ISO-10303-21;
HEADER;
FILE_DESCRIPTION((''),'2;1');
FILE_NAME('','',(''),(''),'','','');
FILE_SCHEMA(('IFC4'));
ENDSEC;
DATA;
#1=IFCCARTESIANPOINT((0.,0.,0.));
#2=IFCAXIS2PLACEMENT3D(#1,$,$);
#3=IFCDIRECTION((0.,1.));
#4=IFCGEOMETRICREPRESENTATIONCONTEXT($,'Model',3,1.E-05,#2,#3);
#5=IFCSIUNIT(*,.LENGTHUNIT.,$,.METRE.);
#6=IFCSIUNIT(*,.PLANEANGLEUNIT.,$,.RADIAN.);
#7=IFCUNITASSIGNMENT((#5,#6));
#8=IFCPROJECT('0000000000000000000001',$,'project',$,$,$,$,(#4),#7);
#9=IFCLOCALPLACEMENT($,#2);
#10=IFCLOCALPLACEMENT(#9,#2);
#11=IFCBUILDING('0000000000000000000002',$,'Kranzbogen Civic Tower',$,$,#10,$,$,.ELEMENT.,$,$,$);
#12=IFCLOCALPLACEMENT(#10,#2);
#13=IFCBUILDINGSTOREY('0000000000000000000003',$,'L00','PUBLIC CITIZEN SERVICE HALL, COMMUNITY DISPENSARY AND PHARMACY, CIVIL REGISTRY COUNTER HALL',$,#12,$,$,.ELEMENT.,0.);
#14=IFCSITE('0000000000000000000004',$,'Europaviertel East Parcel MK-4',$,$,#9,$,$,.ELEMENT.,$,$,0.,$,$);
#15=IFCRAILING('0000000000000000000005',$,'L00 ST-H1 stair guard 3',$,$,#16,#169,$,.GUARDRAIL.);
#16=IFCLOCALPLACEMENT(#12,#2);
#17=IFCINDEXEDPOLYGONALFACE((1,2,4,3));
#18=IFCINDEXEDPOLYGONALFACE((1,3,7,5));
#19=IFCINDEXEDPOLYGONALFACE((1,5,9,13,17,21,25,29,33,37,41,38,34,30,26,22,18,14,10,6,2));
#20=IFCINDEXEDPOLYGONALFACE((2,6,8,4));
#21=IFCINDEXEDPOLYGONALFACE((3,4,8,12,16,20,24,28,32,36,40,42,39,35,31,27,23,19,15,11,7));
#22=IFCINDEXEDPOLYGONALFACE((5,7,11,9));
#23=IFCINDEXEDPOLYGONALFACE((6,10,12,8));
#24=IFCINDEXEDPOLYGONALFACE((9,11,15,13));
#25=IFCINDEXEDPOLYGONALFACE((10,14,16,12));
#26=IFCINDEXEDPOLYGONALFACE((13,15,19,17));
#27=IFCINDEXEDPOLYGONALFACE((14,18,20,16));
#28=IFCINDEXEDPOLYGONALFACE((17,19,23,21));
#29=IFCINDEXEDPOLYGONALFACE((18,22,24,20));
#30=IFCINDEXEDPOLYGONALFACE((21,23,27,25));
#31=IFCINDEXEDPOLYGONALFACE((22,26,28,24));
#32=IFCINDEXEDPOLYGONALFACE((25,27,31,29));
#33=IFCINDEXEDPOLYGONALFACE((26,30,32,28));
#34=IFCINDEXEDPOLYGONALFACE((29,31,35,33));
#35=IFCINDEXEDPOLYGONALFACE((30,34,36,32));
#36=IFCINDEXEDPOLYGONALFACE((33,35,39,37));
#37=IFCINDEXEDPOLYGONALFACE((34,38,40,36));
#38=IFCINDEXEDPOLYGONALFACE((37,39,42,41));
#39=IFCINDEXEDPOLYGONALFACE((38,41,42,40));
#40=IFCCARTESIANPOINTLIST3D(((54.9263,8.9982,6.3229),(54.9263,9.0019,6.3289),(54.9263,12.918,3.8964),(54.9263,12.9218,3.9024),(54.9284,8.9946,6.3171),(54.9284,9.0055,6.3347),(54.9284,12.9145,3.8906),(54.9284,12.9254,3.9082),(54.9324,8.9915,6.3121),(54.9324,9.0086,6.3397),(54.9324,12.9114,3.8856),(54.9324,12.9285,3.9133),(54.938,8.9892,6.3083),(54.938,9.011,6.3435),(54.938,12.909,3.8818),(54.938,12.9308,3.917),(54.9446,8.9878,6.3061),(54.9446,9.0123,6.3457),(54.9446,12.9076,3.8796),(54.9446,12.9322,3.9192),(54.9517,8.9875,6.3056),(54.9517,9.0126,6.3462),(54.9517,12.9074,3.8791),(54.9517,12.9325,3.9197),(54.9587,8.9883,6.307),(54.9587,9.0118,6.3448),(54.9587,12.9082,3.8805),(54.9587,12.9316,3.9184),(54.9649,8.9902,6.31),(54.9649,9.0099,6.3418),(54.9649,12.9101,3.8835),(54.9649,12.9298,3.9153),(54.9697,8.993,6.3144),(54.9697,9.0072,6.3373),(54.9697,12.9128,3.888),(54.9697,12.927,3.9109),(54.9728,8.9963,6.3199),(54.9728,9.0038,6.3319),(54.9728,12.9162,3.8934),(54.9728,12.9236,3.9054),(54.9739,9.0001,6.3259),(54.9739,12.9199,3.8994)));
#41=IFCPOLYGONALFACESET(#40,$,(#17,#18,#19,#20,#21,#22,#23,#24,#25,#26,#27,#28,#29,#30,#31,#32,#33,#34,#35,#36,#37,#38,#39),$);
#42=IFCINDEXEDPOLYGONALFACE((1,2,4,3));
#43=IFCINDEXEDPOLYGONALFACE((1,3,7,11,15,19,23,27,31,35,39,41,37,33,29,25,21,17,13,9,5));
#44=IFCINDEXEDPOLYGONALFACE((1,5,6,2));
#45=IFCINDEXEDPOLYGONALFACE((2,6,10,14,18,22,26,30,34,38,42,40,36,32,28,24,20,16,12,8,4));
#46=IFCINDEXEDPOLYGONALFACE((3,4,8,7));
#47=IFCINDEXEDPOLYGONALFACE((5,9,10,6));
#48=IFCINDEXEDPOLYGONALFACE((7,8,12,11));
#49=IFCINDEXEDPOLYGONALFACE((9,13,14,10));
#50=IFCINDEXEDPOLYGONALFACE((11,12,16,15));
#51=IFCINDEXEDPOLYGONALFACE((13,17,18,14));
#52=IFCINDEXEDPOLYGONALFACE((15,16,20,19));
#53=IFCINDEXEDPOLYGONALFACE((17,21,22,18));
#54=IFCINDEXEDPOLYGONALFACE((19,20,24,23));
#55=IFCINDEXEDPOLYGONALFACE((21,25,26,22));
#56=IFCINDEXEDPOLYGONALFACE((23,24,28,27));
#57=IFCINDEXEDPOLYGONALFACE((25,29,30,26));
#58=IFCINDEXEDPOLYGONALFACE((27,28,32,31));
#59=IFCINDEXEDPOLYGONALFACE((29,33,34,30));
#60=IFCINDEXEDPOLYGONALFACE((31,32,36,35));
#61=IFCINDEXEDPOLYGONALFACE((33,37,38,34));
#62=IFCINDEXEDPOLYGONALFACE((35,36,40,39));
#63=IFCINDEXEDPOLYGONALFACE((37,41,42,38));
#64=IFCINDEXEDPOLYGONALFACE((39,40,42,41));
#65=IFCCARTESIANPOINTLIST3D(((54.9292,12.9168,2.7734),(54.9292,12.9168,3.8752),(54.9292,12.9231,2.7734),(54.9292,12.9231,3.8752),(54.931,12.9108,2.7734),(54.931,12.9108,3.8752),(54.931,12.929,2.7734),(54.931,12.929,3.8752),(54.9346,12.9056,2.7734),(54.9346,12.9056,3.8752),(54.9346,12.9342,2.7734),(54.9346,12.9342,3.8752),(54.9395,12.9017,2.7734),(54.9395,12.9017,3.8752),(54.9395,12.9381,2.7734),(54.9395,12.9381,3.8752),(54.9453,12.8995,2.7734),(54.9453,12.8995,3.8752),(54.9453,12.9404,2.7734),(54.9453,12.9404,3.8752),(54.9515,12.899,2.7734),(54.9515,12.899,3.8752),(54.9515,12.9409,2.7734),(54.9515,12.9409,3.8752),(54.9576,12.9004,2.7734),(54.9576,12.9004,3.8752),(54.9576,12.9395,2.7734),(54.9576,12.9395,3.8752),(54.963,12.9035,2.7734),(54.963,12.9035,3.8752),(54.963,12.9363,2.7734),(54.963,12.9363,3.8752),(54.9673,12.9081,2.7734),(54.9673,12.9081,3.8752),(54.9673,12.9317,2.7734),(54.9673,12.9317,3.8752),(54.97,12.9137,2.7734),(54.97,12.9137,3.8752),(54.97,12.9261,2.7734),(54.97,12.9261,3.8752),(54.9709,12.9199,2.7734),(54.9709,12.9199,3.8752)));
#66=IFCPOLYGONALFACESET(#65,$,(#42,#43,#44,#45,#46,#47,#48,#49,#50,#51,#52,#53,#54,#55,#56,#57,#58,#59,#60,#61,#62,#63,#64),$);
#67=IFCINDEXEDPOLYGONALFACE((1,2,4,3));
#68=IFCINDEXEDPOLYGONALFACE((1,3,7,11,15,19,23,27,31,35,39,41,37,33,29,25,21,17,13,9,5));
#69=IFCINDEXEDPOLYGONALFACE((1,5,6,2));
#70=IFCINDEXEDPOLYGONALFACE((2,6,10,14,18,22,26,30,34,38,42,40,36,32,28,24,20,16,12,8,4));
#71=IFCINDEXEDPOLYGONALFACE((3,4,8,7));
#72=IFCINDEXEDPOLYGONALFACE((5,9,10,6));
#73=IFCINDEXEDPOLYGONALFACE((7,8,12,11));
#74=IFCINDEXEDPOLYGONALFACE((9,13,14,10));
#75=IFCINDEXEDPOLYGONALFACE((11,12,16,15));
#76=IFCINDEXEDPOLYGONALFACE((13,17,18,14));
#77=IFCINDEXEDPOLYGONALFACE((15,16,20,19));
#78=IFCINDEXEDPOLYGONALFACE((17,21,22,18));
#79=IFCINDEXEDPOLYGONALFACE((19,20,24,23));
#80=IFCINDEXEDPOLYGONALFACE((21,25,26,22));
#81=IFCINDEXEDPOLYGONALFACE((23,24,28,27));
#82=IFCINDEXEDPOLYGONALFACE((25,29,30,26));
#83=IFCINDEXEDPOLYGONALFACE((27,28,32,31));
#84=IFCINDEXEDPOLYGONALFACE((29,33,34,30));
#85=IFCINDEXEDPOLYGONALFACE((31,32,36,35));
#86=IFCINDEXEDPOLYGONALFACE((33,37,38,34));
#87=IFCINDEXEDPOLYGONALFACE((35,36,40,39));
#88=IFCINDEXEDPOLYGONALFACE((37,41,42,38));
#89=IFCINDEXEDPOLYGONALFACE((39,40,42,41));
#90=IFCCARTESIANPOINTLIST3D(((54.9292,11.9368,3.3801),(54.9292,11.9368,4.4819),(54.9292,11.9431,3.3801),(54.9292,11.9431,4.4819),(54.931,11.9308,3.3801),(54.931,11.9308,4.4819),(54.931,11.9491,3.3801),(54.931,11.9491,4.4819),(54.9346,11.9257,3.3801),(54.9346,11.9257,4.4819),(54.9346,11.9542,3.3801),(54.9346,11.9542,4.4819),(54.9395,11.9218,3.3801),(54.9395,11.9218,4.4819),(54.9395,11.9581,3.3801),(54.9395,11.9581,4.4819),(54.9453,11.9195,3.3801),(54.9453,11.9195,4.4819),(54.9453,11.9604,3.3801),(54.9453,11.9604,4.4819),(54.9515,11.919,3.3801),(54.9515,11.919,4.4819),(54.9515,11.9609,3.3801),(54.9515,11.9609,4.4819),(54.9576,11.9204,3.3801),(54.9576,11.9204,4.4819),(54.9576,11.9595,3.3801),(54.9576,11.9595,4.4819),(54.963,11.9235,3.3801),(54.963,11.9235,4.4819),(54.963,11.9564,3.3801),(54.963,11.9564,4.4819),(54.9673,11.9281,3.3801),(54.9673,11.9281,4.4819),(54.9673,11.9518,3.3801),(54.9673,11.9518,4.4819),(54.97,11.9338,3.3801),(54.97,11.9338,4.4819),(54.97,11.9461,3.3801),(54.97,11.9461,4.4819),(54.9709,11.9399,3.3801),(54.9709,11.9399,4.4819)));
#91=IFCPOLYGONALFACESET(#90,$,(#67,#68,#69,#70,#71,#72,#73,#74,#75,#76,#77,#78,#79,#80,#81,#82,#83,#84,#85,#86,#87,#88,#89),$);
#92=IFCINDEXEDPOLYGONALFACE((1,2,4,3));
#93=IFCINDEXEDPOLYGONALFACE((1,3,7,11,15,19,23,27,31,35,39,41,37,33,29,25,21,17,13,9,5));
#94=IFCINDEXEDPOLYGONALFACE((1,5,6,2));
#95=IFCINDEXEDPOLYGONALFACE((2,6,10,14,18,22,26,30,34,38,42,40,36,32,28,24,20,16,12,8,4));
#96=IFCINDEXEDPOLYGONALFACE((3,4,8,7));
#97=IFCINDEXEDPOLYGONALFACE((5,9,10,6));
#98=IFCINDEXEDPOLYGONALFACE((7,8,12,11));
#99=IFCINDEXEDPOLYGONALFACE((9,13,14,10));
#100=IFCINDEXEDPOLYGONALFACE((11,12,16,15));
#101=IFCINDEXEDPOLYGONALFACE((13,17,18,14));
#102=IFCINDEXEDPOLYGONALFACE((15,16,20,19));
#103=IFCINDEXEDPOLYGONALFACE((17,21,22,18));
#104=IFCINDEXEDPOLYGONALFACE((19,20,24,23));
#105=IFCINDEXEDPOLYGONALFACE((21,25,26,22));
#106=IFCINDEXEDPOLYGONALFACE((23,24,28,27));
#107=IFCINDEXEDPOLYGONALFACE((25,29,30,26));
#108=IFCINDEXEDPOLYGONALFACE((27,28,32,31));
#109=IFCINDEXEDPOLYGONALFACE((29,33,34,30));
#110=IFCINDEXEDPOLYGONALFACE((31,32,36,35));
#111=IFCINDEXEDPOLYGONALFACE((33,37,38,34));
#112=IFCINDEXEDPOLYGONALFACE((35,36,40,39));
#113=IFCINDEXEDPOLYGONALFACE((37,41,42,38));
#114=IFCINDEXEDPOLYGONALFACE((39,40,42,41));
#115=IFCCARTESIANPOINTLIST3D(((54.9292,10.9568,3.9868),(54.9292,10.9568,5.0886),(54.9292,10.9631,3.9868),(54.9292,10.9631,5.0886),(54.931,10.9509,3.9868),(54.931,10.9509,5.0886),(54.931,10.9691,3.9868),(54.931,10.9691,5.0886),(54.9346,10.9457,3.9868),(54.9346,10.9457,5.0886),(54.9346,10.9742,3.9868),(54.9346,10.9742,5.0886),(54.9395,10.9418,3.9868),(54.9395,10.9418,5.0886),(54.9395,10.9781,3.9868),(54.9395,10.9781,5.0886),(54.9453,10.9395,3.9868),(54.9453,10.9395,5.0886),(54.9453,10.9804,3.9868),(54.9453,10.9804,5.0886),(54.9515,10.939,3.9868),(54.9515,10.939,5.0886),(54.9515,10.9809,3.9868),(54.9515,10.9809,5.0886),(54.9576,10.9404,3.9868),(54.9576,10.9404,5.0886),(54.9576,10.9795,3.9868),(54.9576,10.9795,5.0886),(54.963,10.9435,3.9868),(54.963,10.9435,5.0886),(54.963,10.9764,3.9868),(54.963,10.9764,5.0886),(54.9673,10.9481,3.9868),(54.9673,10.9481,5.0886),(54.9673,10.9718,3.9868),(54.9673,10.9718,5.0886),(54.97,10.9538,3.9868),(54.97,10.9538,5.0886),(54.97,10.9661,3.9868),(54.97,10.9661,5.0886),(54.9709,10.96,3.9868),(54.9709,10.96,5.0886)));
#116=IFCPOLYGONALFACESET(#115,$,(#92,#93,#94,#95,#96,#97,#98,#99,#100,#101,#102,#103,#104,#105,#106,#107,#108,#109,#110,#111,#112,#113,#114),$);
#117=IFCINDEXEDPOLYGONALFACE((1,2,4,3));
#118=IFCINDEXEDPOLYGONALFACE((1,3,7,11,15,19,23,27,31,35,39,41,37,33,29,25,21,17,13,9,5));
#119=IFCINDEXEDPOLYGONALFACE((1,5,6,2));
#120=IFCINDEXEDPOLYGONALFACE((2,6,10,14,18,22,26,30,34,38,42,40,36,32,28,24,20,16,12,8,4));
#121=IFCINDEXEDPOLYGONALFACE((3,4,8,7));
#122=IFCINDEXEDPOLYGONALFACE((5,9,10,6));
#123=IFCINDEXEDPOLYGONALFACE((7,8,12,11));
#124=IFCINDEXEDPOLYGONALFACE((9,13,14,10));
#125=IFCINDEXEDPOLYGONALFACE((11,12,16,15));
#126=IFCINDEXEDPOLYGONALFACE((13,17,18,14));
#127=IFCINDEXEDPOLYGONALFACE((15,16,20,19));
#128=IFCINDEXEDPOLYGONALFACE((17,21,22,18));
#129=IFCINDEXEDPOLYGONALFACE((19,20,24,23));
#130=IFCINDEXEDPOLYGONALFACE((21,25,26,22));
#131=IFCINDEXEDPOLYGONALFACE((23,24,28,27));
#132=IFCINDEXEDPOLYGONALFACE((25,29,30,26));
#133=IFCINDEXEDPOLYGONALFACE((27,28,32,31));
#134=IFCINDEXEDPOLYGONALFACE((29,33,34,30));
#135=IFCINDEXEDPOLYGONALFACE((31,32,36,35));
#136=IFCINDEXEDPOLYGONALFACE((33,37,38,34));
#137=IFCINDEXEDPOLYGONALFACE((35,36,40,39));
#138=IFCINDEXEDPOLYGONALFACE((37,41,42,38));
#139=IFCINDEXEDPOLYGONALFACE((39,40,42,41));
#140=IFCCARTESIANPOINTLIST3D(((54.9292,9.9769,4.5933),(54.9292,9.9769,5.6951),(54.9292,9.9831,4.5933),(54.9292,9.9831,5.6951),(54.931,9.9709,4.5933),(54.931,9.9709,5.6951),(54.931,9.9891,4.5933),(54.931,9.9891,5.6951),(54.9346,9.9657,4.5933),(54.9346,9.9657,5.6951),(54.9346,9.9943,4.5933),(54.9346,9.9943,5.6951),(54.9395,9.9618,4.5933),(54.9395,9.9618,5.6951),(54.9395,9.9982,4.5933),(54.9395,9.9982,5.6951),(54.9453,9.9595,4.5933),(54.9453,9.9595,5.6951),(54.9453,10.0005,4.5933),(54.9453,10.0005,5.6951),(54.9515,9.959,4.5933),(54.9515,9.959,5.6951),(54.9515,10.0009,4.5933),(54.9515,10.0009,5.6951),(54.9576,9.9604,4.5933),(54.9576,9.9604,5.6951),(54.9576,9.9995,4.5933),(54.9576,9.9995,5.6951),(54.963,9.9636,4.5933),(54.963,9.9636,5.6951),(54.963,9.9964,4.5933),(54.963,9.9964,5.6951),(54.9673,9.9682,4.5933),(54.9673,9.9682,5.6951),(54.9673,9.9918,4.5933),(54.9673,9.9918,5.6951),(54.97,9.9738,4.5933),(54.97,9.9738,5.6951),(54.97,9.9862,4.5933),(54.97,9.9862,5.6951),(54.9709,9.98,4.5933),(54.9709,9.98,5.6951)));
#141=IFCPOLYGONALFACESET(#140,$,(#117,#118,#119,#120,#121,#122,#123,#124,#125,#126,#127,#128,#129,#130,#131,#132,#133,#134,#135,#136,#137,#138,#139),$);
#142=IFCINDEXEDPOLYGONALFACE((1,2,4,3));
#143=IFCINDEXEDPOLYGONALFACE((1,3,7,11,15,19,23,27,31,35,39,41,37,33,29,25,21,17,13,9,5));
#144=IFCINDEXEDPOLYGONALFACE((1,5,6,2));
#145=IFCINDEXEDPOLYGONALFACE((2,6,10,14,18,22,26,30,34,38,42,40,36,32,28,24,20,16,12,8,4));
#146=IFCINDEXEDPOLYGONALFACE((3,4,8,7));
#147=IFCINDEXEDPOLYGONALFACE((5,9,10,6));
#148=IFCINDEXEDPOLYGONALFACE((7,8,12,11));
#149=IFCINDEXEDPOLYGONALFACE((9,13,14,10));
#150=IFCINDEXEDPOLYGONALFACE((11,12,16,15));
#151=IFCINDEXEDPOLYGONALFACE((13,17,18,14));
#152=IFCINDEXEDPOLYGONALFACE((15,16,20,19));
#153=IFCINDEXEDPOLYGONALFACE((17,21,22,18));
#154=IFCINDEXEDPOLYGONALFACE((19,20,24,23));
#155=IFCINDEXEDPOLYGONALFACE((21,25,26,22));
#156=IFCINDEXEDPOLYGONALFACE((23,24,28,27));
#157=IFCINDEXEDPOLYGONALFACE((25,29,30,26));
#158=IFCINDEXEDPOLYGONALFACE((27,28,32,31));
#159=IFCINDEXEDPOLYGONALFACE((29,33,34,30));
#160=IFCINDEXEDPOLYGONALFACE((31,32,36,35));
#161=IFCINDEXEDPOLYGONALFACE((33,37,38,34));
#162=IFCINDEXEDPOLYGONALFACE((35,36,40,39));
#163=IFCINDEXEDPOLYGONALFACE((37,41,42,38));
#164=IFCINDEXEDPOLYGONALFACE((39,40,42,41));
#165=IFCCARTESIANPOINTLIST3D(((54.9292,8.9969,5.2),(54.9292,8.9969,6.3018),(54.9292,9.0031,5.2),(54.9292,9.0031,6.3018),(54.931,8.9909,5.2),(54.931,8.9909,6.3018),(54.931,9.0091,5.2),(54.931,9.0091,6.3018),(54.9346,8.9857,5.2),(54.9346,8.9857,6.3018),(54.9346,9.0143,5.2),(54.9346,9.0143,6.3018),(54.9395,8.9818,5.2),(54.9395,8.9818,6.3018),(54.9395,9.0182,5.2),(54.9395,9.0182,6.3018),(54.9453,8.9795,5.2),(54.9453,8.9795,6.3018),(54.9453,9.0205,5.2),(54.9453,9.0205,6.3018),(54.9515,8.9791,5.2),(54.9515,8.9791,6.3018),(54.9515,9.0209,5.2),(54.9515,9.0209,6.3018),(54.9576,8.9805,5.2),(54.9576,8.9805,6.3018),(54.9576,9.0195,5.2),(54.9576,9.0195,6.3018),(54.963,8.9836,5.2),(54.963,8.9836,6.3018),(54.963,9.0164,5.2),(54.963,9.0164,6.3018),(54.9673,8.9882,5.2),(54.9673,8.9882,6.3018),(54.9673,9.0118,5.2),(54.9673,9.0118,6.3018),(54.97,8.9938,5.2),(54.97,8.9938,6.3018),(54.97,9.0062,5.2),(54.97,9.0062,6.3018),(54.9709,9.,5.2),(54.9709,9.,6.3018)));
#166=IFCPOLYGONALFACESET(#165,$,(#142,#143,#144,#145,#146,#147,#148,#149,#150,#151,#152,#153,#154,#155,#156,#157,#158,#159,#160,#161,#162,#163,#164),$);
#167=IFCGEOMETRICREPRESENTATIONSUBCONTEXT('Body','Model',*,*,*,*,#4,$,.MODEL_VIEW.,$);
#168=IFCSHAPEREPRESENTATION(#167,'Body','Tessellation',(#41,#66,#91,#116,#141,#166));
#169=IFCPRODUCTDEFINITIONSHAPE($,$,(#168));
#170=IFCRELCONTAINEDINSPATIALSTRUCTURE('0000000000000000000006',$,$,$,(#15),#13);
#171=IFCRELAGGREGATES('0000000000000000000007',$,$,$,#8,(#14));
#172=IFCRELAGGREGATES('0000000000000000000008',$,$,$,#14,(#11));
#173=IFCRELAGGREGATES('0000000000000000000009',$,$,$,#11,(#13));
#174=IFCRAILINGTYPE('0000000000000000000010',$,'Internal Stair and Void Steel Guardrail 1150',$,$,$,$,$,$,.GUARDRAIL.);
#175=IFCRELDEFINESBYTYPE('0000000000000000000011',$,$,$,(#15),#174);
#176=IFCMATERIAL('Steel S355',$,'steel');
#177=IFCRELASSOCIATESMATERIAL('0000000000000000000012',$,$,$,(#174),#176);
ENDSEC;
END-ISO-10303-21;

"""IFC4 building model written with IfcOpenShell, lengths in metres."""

from ifc_helpers import new_model, si_unit, direction, frame, origin, origin_2d, place, context, subcontext, project, spatial, circle, extrude, material, type_object, element, save


model = new_model("IFC4")

# Units and contexts
model_context = context("Model", 3, precision=1e-05, world=origin(), true_north=direction((0.0, 1.0)))
body_context = subcontext(model_context, "Body", "Model", "MODEL_VIEW")
ifc_project = project(units=[si_unit("LENGTHUNIT", "METRE"), si_unit("PLANEANGLEUNIT", "RADIAN")], contexts=[model_context])

# Site, building, storey
site_placement = place(None, origin())
site = spatial("IfcSite", under=ifc_project, at=site_placement, Name="Europaviertel East Parcel MK-4", CompositionType="ELEMENT", RefElevation=0.0)
building_placement = place(site_placement, origin())
building = spatial("IfcBuilding", under=site, at=building_placement, Name="Kranzbogen Civic Tower", CompositionType="ELEMENT")
storey_placement = place(building_placement, origin())
storey = spatial("IfcBuildingStorey", under=building, at=storey_placement, Name="L00", Description="PUBLIC CITIZEN SERVICE HALL, COMMUNITY DISPENSARY AND PHARMACY, CIVIL REGISTRY COUNTER HALL", CompositionType="ELEMENT", Elevation=0.0)

# Shared definitions
ifc_material_1 = material(Name="Steel S355", Category="steel")

# Railing
railing_type_1 = type_object("IfcRailingType", Name="Internal Stair and Void Steel Guardrail 1150", PredefinedType="GUARDRAIL", material=ifc_material_1)
railing_1_placement = place(storey_placement, frame((54.95, 12.9199, 2.7734)))
element("IfcRailing", 1, at=railing_1_placement, inside=storey, type_object=railing_type_1, Name="L00 ST-H1 stair guard 3", PredefinedType="GUARDRAIL", context=body_context, shape_type="SweptSolid", body=[
    extrude(circle(Radius=0.0239, at=origin_2d()), frame((0.0, 0.0, 1.126), z_axis=(0.0, -0.850275, 0.526338), x_axis=(1.0, 0.0, 0.0)), (0.0, 0.0, 1.0), 4.6101),
    extrude(circle(Radius=0.021, at=origin_2d()), origin(), (0.0, 0.0, 1.0), 1.1018),
    extrude(circle(Radius=0.021, at=origin_2d()), frame((0.0, -0.98, 0.6067)), (0.0, 0.0, 1.0), 1.1018),
    extrude(circle(Radius=0.021, at=origin_2d()), frame((0.0, -1.96, 1.2134)), (0.0, 0.0, 1.0), 1.1018),
    extrude(circle(Radius=0.021, at=origin_2d()), frame((0.0, -2.9399, 1.8198)), (0.0, 0.0, 1.0), 1.1018),
    extrude(circle(Radius=0.021, at=origin_2d()), frame((0.0, -3.9199, 2.4265)), (0.0, 0.0, 1.0), 1.1018),
])

save(model, "model.ifc")
